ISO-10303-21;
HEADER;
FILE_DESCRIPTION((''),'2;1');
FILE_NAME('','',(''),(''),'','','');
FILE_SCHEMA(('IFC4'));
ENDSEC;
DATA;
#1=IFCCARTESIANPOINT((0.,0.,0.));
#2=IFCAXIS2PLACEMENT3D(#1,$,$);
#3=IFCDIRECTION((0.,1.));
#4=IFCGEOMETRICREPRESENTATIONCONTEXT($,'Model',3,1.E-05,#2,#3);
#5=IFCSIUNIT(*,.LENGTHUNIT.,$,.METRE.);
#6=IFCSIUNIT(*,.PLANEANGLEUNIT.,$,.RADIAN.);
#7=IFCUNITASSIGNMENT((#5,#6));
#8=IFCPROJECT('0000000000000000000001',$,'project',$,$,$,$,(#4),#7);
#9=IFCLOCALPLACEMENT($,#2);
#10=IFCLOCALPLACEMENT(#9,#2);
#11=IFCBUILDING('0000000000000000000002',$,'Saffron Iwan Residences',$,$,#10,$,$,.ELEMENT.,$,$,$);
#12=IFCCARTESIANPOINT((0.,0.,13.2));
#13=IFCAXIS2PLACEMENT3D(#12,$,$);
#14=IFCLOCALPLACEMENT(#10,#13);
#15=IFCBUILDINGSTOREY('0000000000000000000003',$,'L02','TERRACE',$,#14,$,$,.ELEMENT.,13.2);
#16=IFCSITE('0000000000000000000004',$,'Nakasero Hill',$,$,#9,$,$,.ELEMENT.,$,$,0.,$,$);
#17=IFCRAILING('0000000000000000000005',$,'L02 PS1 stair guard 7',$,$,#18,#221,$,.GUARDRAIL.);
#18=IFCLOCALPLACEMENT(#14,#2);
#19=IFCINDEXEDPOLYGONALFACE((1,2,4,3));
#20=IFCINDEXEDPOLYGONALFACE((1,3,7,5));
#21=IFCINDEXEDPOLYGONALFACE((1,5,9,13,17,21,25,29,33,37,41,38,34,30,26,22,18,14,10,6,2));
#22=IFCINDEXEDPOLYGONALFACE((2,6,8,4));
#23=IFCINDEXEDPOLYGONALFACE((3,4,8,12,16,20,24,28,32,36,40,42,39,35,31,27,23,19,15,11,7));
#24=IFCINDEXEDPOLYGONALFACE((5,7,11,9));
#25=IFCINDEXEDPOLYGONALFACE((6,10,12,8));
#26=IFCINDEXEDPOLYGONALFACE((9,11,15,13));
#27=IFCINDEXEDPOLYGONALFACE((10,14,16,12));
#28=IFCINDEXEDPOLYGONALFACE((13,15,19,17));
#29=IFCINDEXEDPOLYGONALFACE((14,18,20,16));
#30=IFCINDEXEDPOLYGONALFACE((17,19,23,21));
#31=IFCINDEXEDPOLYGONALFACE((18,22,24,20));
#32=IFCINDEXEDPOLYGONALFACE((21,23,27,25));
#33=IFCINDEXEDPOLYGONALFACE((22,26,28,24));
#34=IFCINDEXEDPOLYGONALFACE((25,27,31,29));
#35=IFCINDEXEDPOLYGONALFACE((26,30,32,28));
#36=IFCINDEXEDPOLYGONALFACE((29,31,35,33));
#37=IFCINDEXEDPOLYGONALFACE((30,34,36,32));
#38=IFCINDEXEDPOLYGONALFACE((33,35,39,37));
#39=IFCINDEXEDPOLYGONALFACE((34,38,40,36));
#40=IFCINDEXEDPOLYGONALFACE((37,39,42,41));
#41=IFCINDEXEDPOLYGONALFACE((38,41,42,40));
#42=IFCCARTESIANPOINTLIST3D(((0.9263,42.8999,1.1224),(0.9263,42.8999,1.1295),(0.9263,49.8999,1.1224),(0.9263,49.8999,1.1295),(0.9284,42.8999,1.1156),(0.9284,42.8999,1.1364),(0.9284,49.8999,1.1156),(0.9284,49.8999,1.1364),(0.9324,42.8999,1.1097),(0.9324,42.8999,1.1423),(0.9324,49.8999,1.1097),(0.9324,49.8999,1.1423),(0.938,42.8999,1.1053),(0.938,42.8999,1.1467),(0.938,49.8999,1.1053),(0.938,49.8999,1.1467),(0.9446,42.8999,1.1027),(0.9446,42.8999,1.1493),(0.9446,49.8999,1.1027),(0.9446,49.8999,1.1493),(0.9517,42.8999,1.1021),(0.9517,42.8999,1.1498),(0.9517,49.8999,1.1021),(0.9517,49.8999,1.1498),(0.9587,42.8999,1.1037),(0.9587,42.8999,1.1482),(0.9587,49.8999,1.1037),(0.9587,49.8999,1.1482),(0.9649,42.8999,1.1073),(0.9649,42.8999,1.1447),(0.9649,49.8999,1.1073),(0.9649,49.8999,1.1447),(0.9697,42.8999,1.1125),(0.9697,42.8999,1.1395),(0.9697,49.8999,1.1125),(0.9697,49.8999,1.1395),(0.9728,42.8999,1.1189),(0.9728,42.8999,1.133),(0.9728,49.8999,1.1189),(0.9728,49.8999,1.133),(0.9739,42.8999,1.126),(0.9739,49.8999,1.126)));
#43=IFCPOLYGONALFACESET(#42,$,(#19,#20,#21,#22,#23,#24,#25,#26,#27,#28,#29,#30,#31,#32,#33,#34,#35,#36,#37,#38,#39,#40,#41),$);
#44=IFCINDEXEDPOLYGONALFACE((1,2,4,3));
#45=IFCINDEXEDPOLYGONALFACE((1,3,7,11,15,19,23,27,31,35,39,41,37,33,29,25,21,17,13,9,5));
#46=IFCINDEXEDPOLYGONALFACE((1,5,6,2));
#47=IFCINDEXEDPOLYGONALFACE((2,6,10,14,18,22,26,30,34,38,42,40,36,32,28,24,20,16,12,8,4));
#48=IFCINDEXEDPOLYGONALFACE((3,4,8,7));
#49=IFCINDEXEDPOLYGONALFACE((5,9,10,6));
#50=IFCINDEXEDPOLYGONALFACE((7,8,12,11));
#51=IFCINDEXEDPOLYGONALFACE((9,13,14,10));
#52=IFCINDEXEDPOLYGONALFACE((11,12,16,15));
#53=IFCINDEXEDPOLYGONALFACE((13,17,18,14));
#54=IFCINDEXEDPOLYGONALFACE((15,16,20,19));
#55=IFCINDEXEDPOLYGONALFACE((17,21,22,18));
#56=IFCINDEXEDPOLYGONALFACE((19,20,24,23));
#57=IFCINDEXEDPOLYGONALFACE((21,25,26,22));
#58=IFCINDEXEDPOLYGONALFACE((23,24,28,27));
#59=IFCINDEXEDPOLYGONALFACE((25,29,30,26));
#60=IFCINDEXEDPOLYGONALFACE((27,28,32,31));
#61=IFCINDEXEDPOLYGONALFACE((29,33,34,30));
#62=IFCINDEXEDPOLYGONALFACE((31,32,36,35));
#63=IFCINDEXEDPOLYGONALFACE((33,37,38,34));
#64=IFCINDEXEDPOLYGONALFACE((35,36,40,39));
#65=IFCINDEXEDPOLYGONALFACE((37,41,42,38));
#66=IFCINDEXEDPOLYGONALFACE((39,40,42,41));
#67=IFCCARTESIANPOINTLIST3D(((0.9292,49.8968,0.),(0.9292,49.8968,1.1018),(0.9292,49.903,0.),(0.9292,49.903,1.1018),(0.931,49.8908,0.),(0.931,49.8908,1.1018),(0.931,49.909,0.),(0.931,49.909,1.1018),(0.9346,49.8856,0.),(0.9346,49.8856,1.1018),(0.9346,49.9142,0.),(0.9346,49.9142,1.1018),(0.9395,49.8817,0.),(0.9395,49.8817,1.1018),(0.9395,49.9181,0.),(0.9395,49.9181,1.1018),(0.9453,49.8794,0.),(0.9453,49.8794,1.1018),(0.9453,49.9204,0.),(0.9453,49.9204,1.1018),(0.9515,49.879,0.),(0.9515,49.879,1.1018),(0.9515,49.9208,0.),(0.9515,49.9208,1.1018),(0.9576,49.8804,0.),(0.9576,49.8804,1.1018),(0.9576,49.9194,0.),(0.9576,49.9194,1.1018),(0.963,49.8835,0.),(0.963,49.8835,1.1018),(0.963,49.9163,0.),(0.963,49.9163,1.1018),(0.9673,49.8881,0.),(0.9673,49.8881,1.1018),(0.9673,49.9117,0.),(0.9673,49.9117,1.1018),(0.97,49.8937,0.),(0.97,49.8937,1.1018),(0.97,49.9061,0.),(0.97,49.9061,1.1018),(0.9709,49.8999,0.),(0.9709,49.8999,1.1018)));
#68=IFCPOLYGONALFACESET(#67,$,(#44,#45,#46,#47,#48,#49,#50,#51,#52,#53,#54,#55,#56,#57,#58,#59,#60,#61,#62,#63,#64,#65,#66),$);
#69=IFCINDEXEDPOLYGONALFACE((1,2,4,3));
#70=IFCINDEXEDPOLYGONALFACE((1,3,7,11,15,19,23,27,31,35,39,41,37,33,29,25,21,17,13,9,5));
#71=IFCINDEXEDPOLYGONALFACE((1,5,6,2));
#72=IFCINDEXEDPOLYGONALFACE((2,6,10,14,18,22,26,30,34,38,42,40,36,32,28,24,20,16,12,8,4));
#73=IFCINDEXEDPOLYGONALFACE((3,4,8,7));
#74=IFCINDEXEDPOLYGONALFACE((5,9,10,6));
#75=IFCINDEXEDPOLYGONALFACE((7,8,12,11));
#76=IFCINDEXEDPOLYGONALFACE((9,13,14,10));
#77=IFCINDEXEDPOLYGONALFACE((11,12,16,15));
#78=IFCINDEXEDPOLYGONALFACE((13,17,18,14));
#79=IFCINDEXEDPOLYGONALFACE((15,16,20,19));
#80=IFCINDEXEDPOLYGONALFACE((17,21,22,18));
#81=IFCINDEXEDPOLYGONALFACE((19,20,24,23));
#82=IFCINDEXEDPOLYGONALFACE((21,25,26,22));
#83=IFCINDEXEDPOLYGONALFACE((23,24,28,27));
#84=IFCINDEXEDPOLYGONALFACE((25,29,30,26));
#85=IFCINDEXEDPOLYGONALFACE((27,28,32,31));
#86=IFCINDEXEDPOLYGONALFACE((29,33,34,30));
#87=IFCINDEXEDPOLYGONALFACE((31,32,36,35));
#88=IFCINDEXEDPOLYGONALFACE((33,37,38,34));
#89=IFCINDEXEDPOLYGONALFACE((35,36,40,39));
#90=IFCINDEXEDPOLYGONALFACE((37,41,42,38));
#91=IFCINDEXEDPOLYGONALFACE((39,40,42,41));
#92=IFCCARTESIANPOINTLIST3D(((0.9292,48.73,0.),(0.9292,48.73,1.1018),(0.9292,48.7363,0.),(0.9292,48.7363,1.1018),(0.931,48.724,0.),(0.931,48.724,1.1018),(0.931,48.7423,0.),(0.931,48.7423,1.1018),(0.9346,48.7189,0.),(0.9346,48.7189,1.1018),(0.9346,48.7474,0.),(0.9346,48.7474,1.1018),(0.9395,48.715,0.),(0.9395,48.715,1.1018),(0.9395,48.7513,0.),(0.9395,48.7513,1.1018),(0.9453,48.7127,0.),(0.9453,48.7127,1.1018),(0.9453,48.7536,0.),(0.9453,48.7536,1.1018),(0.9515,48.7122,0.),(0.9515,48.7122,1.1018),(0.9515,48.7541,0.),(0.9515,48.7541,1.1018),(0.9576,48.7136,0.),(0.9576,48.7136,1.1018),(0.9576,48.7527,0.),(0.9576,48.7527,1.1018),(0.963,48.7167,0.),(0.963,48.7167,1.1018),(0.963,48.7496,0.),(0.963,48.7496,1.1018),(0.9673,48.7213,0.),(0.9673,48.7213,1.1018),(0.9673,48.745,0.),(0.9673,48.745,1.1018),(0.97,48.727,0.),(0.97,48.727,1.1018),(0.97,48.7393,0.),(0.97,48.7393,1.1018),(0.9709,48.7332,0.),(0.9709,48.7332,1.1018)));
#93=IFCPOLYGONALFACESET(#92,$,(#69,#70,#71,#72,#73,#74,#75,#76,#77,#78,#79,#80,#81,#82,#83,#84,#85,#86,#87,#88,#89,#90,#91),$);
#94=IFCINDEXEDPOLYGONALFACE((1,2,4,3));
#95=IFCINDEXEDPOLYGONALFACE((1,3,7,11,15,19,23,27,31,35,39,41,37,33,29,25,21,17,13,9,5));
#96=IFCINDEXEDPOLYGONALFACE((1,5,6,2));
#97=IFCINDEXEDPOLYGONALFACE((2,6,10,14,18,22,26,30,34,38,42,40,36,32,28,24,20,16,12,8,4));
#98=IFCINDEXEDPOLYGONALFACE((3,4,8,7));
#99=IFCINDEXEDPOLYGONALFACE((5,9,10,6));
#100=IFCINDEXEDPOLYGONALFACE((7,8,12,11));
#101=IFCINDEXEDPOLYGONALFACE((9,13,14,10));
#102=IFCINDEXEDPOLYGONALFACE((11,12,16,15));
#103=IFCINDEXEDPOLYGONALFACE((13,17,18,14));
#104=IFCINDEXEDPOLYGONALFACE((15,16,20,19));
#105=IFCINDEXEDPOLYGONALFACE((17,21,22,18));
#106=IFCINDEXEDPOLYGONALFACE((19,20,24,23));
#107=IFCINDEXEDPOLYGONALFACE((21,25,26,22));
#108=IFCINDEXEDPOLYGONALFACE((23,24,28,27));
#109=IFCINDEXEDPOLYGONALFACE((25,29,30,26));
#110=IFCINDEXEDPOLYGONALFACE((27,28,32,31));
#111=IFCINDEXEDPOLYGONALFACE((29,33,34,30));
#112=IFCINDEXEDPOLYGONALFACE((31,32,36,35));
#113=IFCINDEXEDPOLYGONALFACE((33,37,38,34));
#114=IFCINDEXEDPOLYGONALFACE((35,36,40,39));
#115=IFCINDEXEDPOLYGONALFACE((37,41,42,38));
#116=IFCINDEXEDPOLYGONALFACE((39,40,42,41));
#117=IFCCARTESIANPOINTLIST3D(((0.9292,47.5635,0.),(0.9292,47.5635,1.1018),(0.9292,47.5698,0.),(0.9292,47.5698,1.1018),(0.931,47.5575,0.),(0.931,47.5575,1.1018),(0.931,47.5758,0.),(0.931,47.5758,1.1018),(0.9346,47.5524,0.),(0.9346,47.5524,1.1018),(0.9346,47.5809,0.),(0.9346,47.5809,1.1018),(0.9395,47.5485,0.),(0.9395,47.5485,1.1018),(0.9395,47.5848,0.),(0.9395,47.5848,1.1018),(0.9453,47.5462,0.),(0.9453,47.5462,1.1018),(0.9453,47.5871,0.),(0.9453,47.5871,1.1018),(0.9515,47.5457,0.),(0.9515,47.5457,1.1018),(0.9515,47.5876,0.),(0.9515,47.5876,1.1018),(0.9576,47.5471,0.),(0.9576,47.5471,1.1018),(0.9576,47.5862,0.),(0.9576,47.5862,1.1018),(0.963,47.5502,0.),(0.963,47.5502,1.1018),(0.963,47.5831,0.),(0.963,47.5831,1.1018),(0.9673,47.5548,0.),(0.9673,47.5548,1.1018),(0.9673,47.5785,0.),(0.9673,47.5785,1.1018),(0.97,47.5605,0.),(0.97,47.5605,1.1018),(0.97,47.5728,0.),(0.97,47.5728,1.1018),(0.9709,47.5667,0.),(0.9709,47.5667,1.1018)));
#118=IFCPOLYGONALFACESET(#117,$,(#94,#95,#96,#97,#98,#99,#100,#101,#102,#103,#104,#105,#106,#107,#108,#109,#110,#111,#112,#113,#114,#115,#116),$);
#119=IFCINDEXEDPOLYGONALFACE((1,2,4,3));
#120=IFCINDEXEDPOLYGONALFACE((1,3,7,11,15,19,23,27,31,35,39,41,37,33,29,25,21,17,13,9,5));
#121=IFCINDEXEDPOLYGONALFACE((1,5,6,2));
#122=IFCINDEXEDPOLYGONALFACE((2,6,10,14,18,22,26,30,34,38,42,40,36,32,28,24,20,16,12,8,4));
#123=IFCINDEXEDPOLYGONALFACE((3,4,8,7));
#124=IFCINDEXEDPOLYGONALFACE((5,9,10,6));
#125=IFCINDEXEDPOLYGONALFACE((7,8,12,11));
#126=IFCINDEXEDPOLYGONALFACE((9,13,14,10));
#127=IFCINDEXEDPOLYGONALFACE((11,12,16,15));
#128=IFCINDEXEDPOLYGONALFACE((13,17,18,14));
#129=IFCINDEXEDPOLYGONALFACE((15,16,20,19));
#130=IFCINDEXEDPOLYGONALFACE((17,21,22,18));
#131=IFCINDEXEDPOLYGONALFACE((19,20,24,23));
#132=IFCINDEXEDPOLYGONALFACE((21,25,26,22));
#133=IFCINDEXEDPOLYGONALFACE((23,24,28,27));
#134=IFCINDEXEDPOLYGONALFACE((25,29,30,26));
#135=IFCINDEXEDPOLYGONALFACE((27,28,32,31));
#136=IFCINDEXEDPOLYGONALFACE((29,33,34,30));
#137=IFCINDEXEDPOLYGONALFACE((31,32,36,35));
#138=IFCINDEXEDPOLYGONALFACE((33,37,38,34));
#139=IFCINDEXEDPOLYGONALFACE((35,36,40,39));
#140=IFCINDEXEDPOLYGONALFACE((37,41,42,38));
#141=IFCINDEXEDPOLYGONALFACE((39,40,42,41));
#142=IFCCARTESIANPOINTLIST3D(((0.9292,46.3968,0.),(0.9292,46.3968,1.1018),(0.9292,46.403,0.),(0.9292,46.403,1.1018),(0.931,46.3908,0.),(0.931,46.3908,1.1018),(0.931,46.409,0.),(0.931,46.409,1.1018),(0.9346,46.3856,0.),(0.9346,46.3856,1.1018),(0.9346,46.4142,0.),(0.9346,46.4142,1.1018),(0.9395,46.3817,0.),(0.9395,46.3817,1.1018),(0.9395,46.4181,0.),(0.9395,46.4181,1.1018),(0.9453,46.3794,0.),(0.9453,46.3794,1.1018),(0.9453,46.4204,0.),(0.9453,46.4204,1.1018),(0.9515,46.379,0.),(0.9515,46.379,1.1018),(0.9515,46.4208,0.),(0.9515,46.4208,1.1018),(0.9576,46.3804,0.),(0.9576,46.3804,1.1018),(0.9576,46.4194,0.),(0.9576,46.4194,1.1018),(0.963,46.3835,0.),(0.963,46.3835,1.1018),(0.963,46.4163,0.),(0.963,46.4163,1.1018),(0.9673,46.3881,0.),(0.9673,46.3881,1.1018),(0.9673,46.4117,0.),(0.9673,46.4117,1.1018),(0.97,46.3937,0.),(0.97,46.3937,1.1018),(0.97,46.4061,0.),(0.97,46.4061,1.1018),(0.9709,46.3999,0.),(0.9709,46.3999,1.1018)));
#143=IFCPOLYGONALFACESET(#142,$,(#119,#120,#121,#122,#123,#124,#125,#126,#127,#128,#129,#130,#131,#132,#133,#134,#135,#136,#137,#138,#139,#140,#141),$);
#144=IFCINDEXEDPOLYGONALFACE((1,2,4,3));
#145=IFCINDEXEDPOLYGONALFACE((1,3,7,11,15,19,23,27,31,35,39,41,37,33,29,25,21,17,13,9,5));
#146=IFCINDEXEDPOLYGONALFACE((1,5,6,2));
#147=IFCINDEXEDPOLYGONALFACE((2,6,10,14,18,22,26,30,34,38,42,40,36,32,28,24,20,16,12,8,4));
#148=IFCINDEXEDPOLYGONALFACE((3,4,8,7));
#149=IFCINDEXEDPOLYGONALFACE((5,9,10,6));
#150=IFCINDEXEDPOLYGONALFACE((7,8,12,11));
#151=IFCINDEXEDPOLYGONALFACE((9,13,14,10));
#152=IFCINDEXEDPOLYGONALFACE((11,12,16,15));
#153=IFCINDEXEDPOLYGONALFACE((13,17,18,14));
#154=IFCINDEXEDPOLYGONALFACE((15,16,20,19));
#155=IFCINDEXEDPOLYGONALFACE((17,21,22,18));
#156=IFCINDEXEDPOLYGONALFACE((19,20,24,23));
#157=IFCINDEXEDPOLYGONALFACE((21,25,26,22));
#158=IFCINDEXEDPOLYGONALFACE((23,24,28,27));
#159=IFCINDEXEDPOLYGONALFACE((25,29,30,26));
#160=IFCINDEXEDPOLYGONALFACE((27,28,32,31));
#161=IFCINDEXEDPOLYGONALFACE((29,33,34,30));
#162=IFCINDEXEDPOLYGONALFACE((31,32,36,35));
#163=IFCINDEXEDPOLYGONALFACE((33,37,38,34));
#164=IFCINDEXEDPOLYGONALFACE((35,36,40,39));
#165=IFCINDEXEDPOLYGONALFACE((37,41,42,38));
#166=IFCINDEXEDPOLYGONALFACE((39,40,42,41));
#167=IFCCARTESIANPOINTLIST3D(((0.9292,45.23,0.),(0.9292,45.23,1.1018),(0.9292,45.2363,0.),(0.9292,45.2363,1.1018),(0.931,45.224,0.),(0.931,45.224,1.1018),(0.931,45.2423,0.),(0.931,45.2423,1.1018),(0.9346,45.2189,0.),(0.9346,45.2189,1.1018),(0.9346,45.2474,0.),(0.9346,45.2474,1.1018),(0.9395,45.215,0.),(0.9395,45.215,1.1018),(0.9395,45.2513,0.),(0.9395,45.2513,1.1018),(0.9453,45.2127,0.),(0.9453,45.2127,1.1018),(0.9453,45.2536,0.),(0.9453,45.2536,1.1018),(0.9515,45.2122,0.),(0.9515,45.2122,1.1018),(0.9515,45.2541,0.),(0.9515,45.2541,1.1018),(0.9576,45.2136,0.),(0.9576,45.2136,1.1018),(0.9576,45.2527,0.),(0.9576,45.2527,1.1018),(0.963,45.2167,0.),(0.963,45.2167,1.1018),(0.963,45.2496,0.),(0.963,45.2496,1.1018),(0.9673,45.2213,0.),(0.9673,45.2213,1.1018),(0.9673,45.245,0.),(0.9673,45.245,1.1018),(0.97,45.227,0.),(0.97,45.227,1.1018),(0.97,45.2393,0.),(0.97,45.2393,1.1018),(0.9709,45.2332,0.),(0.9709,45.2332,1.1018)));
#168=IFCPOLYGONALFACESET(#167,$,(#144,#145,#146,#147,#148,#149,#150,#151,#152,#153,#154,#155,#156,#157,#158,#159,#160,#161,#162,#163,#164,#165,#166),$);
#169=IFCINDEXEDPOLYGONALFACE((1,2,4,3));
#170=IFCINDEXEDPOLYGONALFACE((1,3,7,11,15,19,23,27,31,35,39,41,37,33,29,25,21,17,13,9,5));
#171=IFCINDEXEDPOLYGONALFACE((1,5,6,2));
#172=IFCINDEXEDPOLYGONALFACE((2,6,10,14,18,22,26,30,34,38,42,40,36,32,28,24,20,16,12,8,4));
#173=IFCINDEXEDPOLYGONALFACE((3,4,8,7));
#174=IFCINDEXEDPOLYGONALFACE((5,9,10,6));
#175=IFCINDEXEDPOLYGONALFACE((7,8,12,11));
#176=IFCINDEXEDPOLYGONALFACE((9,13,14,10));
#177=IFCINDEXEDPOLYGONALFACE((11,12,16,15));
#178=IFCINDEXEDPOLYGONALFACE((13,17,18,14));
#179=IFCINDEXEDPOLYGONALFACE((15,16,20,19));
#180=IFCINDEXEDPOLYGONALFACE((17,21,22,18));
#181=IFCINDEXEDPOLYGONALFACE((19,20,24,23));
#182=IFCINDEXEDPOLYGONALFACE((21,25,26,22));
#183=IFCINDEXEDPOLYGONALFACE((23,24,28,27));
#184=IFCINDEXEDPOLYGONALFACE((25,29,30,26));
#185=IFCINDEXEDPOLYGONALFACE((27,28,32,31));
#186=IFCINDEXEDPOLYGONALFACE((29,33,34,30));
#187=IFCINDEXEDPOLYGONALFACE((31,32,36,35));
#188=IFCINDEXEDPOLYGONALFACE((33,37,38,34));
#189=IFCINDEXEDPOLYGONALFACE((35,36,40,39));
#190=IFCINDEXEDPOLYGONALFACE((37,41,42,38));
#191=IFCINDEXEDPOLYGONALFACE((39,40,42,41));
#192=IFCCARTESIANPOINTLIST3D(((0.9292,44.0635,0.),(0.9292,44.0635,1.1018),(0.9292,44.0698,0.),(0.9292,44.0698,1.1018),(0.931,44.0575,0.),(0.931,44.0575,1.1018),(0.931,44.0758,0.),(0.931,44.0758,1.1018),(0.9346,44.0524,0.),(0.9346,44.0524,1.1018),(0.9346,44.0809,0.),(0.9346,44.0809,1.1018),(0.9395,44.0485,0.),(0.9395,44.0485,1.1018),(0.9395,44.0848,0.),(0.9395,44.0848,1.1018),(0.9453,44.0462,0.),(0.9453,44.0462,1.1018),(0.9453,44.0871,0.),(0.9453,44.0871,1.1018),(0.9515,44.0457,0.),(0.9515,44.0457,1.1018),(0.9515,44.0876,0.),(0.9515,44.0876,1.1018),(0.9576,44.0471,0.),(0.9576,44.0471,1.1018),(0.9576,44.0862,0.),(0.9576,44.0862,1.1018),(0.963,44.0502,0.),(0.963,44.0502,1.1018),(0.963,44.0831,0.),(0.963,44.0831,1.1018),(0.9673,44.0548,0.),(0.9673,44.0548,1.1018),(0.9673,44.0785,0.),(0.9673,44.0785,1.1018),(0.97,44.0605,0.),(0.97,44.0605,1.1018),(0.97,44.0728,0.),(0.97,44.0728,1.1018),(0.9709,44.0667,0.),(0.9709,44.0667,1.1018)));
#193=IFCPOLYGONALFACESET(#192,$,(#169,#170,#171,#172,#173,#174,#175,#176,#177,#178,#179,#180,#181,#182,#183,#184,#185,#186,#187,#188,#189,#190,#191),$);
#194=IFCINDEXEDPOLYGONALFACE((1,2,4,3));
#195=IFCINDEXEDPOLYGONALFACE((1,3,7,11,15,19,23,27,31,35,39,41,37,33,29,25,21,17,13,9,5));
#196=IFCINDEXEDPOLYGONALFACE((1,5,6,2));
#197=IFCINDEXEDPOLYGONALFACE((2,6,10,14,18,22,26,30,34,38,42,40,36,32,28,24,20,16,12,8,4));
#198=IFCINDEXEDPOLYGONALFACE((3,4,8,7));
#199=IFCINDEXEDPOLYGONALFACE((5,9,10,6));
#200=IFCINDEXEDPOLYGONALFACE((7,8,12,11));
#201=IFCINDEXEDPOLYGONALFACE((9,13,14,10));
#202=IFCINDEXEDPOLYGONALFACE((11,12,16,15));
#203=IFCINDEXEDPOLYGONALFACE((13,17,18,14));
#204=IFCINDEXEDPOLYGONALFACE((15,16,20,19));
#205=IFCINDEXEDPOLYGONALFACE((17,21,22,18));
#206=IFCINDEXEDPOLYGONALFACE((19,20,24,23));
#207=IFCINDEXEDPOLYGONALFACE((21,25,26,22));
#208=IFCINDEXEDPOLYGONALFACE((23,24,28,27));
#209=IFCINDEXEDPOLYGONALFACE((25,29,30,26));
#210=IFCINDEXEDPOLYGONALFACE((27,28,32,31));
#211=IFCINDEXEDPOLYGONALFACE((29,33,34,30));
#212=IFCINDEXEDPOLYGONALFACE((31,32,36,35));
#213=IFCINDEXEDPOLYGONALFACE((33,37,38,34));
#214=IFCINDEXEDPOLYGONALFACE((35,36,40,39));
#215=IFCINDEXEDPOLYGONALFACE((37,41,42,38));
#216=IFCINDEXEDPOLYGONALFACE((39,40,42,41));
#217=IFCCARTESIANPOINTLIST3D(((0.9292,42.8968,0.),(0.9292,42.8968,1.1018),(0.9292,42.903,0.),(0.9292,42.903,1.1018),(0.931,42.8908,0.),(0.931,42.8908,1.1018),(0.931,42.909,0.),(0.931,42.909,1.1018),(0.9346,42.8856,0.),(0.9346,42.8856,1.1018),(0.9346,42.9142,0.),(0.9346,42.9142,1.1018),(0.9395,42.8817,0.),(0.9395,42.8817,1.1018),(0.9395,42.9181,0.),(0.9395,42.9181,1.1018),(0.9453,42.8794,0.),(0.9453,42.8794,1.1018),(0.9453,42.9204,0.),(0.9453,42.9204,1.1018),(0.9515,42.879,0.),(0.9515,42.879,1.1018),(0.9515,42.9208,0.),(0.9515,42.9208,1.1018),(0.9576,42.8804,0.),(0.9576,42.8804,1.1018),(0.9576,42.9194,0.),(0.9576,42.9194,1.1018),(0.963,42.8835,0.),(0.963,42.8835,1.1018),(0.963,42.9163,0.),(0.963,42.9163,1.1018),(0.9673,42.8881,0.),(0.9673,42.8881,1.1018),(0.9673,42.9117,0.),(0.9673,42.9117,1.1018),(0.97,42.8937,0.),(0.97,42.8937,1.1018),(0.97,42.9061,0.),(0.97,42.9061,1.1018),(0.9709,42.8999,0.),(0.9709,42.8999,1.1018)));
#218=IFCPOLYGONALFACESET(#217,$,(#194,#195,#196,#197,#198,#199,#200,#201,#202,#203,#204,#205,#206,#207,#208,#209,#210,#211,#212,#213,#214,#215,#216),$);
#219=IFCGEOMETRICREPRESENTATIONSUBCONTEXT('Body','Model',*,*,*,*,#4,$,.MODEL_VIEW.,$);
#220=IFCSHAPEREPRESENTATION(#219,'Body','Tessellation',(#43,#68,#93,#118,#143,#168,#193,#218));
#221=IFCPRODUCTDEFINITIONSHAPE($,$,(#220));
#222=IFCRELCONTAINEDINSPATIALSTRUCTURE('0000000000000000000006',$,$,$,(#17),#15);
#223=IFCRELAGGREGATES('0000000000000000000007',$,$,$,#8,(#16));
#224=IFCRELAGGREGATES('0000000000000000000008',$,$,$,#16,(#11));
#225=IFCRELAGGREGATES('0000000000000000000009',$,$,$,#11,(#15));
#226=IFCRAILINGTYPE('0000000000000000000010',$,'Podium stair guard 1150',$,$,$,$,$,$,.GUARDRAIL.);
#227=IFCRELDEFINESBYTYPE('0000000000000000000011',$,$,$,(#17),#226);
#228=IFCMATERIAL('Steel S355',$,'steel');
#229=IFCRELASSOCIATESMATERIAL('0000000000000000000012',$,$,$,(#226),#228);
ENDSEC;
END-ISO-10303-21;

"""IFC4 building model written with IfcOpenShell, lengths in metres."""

from ifc_helpers import new_model, si_unit, direction, frame, origin, origin_2d, place, context, subcontext, project, spatial, circle, extrude, material, type_object, element, save


model = new_model("IFC4")

# Units and contexts
model_context = context("Model", 3, precision=1e-05, world=origin(), true_north=direction((0.0, 1.0)))
body_context = subcontext(model_context, "Body", "Model", "MODEL_VIEW")
ifc_project = project(units=[si_unit("LENGTHUNIT", "METRE"), si_unit("PLANEANGLEUNIT", "RADIAN")], contexts=[model_context])

# Site, building, storey
site_placement = place(None, origin())
site = spatial("IfcSite", under=ifc_project, at=site_placement, Name="Nakasero Hill", CompositionType="ELEMENT", RefElevation=0.0)
building_placement = place(site_placement, origin())
building = spatial("IfcBuilding", under=site, at=building_placement, Name="Saffron Iwan Residences", CompositionType="ELEMENT")
storey_placement = place(building_placement, frame((0.0, 0.0, 13.2)))
storey = spatial("IfcBuildingStorey", under=building, at=storey_placement, Name="L02", Description="TERRACE", CompositionType="ELEMENT", Elevation=13.2)

# Railing
ifc_material_1 = material(Name="Steel S355", Category="steel")
railing_type_1 = type_object("IfcRailingType", Name="Podium stair guard 1150", PredefinedType="GUARDRAIL", material=ifc_material_1)
railing_1_placement = place(storey_placement, frame((0.95, 49.8999, 0.0)))
element("IfcRailing", 1, at=railing_1_placement, inside=storey, type_object=railing_type_1, Name="L02 PS1 stair guard 7", PredefinedType="GUARDRAIL", context=body_context, shape_type="SweptSolid", body=[
    extrude(circle(Radius=0.0239, at=origin_2d()), frame((0.0, 0.0, 1.126), z_axis=(0.0, -1.0, 0.0), x_axis=(1.0, 0.0, 0.0)), (0.0, 0.0, 1.0), 7.0),
    extrude(circle(Radius=0.021, at=origin_2d()), origin(), (0.0, 0.0, 1.0), 1.1018),
    extrude(circle(Radius=0.021, at=origin_2d()), frame((0.0, -1.1667, 0.0)), (0.0, 0.0, 1.0), 1.1018),
    extrude(circle(Radius=0.021, at=origin_2d()), frame((0.0, -2.3333, 0.0)), (0.0, 0.0, 1.0), 1.1018),
    extrude(circle(Radius=0.021, at=origin_2d()), frame((0.0, -3.5, 0.0)), (0.0, 0.0, 1.0), 1.1018),
    extrude(circle(Radius=0.021, at=origin_2d()), frame((0.0, -4.6667, 0.0)), (0.0, 0.0, 1.0), 1.1018),
    extrude(circle(Radius=0.021, at=origin_2d()), frame((0.0, -5.8333, 0.0)), (0.0, 0.0, 1.0), 1.1018),
    extrude(circle(Radius=0.021, at=origin_2d()), frame((0.0, -7.0, 0.0)), (0.0, 0.0, 1.0), 1.1018),
])

save(model, "model.ifc")
